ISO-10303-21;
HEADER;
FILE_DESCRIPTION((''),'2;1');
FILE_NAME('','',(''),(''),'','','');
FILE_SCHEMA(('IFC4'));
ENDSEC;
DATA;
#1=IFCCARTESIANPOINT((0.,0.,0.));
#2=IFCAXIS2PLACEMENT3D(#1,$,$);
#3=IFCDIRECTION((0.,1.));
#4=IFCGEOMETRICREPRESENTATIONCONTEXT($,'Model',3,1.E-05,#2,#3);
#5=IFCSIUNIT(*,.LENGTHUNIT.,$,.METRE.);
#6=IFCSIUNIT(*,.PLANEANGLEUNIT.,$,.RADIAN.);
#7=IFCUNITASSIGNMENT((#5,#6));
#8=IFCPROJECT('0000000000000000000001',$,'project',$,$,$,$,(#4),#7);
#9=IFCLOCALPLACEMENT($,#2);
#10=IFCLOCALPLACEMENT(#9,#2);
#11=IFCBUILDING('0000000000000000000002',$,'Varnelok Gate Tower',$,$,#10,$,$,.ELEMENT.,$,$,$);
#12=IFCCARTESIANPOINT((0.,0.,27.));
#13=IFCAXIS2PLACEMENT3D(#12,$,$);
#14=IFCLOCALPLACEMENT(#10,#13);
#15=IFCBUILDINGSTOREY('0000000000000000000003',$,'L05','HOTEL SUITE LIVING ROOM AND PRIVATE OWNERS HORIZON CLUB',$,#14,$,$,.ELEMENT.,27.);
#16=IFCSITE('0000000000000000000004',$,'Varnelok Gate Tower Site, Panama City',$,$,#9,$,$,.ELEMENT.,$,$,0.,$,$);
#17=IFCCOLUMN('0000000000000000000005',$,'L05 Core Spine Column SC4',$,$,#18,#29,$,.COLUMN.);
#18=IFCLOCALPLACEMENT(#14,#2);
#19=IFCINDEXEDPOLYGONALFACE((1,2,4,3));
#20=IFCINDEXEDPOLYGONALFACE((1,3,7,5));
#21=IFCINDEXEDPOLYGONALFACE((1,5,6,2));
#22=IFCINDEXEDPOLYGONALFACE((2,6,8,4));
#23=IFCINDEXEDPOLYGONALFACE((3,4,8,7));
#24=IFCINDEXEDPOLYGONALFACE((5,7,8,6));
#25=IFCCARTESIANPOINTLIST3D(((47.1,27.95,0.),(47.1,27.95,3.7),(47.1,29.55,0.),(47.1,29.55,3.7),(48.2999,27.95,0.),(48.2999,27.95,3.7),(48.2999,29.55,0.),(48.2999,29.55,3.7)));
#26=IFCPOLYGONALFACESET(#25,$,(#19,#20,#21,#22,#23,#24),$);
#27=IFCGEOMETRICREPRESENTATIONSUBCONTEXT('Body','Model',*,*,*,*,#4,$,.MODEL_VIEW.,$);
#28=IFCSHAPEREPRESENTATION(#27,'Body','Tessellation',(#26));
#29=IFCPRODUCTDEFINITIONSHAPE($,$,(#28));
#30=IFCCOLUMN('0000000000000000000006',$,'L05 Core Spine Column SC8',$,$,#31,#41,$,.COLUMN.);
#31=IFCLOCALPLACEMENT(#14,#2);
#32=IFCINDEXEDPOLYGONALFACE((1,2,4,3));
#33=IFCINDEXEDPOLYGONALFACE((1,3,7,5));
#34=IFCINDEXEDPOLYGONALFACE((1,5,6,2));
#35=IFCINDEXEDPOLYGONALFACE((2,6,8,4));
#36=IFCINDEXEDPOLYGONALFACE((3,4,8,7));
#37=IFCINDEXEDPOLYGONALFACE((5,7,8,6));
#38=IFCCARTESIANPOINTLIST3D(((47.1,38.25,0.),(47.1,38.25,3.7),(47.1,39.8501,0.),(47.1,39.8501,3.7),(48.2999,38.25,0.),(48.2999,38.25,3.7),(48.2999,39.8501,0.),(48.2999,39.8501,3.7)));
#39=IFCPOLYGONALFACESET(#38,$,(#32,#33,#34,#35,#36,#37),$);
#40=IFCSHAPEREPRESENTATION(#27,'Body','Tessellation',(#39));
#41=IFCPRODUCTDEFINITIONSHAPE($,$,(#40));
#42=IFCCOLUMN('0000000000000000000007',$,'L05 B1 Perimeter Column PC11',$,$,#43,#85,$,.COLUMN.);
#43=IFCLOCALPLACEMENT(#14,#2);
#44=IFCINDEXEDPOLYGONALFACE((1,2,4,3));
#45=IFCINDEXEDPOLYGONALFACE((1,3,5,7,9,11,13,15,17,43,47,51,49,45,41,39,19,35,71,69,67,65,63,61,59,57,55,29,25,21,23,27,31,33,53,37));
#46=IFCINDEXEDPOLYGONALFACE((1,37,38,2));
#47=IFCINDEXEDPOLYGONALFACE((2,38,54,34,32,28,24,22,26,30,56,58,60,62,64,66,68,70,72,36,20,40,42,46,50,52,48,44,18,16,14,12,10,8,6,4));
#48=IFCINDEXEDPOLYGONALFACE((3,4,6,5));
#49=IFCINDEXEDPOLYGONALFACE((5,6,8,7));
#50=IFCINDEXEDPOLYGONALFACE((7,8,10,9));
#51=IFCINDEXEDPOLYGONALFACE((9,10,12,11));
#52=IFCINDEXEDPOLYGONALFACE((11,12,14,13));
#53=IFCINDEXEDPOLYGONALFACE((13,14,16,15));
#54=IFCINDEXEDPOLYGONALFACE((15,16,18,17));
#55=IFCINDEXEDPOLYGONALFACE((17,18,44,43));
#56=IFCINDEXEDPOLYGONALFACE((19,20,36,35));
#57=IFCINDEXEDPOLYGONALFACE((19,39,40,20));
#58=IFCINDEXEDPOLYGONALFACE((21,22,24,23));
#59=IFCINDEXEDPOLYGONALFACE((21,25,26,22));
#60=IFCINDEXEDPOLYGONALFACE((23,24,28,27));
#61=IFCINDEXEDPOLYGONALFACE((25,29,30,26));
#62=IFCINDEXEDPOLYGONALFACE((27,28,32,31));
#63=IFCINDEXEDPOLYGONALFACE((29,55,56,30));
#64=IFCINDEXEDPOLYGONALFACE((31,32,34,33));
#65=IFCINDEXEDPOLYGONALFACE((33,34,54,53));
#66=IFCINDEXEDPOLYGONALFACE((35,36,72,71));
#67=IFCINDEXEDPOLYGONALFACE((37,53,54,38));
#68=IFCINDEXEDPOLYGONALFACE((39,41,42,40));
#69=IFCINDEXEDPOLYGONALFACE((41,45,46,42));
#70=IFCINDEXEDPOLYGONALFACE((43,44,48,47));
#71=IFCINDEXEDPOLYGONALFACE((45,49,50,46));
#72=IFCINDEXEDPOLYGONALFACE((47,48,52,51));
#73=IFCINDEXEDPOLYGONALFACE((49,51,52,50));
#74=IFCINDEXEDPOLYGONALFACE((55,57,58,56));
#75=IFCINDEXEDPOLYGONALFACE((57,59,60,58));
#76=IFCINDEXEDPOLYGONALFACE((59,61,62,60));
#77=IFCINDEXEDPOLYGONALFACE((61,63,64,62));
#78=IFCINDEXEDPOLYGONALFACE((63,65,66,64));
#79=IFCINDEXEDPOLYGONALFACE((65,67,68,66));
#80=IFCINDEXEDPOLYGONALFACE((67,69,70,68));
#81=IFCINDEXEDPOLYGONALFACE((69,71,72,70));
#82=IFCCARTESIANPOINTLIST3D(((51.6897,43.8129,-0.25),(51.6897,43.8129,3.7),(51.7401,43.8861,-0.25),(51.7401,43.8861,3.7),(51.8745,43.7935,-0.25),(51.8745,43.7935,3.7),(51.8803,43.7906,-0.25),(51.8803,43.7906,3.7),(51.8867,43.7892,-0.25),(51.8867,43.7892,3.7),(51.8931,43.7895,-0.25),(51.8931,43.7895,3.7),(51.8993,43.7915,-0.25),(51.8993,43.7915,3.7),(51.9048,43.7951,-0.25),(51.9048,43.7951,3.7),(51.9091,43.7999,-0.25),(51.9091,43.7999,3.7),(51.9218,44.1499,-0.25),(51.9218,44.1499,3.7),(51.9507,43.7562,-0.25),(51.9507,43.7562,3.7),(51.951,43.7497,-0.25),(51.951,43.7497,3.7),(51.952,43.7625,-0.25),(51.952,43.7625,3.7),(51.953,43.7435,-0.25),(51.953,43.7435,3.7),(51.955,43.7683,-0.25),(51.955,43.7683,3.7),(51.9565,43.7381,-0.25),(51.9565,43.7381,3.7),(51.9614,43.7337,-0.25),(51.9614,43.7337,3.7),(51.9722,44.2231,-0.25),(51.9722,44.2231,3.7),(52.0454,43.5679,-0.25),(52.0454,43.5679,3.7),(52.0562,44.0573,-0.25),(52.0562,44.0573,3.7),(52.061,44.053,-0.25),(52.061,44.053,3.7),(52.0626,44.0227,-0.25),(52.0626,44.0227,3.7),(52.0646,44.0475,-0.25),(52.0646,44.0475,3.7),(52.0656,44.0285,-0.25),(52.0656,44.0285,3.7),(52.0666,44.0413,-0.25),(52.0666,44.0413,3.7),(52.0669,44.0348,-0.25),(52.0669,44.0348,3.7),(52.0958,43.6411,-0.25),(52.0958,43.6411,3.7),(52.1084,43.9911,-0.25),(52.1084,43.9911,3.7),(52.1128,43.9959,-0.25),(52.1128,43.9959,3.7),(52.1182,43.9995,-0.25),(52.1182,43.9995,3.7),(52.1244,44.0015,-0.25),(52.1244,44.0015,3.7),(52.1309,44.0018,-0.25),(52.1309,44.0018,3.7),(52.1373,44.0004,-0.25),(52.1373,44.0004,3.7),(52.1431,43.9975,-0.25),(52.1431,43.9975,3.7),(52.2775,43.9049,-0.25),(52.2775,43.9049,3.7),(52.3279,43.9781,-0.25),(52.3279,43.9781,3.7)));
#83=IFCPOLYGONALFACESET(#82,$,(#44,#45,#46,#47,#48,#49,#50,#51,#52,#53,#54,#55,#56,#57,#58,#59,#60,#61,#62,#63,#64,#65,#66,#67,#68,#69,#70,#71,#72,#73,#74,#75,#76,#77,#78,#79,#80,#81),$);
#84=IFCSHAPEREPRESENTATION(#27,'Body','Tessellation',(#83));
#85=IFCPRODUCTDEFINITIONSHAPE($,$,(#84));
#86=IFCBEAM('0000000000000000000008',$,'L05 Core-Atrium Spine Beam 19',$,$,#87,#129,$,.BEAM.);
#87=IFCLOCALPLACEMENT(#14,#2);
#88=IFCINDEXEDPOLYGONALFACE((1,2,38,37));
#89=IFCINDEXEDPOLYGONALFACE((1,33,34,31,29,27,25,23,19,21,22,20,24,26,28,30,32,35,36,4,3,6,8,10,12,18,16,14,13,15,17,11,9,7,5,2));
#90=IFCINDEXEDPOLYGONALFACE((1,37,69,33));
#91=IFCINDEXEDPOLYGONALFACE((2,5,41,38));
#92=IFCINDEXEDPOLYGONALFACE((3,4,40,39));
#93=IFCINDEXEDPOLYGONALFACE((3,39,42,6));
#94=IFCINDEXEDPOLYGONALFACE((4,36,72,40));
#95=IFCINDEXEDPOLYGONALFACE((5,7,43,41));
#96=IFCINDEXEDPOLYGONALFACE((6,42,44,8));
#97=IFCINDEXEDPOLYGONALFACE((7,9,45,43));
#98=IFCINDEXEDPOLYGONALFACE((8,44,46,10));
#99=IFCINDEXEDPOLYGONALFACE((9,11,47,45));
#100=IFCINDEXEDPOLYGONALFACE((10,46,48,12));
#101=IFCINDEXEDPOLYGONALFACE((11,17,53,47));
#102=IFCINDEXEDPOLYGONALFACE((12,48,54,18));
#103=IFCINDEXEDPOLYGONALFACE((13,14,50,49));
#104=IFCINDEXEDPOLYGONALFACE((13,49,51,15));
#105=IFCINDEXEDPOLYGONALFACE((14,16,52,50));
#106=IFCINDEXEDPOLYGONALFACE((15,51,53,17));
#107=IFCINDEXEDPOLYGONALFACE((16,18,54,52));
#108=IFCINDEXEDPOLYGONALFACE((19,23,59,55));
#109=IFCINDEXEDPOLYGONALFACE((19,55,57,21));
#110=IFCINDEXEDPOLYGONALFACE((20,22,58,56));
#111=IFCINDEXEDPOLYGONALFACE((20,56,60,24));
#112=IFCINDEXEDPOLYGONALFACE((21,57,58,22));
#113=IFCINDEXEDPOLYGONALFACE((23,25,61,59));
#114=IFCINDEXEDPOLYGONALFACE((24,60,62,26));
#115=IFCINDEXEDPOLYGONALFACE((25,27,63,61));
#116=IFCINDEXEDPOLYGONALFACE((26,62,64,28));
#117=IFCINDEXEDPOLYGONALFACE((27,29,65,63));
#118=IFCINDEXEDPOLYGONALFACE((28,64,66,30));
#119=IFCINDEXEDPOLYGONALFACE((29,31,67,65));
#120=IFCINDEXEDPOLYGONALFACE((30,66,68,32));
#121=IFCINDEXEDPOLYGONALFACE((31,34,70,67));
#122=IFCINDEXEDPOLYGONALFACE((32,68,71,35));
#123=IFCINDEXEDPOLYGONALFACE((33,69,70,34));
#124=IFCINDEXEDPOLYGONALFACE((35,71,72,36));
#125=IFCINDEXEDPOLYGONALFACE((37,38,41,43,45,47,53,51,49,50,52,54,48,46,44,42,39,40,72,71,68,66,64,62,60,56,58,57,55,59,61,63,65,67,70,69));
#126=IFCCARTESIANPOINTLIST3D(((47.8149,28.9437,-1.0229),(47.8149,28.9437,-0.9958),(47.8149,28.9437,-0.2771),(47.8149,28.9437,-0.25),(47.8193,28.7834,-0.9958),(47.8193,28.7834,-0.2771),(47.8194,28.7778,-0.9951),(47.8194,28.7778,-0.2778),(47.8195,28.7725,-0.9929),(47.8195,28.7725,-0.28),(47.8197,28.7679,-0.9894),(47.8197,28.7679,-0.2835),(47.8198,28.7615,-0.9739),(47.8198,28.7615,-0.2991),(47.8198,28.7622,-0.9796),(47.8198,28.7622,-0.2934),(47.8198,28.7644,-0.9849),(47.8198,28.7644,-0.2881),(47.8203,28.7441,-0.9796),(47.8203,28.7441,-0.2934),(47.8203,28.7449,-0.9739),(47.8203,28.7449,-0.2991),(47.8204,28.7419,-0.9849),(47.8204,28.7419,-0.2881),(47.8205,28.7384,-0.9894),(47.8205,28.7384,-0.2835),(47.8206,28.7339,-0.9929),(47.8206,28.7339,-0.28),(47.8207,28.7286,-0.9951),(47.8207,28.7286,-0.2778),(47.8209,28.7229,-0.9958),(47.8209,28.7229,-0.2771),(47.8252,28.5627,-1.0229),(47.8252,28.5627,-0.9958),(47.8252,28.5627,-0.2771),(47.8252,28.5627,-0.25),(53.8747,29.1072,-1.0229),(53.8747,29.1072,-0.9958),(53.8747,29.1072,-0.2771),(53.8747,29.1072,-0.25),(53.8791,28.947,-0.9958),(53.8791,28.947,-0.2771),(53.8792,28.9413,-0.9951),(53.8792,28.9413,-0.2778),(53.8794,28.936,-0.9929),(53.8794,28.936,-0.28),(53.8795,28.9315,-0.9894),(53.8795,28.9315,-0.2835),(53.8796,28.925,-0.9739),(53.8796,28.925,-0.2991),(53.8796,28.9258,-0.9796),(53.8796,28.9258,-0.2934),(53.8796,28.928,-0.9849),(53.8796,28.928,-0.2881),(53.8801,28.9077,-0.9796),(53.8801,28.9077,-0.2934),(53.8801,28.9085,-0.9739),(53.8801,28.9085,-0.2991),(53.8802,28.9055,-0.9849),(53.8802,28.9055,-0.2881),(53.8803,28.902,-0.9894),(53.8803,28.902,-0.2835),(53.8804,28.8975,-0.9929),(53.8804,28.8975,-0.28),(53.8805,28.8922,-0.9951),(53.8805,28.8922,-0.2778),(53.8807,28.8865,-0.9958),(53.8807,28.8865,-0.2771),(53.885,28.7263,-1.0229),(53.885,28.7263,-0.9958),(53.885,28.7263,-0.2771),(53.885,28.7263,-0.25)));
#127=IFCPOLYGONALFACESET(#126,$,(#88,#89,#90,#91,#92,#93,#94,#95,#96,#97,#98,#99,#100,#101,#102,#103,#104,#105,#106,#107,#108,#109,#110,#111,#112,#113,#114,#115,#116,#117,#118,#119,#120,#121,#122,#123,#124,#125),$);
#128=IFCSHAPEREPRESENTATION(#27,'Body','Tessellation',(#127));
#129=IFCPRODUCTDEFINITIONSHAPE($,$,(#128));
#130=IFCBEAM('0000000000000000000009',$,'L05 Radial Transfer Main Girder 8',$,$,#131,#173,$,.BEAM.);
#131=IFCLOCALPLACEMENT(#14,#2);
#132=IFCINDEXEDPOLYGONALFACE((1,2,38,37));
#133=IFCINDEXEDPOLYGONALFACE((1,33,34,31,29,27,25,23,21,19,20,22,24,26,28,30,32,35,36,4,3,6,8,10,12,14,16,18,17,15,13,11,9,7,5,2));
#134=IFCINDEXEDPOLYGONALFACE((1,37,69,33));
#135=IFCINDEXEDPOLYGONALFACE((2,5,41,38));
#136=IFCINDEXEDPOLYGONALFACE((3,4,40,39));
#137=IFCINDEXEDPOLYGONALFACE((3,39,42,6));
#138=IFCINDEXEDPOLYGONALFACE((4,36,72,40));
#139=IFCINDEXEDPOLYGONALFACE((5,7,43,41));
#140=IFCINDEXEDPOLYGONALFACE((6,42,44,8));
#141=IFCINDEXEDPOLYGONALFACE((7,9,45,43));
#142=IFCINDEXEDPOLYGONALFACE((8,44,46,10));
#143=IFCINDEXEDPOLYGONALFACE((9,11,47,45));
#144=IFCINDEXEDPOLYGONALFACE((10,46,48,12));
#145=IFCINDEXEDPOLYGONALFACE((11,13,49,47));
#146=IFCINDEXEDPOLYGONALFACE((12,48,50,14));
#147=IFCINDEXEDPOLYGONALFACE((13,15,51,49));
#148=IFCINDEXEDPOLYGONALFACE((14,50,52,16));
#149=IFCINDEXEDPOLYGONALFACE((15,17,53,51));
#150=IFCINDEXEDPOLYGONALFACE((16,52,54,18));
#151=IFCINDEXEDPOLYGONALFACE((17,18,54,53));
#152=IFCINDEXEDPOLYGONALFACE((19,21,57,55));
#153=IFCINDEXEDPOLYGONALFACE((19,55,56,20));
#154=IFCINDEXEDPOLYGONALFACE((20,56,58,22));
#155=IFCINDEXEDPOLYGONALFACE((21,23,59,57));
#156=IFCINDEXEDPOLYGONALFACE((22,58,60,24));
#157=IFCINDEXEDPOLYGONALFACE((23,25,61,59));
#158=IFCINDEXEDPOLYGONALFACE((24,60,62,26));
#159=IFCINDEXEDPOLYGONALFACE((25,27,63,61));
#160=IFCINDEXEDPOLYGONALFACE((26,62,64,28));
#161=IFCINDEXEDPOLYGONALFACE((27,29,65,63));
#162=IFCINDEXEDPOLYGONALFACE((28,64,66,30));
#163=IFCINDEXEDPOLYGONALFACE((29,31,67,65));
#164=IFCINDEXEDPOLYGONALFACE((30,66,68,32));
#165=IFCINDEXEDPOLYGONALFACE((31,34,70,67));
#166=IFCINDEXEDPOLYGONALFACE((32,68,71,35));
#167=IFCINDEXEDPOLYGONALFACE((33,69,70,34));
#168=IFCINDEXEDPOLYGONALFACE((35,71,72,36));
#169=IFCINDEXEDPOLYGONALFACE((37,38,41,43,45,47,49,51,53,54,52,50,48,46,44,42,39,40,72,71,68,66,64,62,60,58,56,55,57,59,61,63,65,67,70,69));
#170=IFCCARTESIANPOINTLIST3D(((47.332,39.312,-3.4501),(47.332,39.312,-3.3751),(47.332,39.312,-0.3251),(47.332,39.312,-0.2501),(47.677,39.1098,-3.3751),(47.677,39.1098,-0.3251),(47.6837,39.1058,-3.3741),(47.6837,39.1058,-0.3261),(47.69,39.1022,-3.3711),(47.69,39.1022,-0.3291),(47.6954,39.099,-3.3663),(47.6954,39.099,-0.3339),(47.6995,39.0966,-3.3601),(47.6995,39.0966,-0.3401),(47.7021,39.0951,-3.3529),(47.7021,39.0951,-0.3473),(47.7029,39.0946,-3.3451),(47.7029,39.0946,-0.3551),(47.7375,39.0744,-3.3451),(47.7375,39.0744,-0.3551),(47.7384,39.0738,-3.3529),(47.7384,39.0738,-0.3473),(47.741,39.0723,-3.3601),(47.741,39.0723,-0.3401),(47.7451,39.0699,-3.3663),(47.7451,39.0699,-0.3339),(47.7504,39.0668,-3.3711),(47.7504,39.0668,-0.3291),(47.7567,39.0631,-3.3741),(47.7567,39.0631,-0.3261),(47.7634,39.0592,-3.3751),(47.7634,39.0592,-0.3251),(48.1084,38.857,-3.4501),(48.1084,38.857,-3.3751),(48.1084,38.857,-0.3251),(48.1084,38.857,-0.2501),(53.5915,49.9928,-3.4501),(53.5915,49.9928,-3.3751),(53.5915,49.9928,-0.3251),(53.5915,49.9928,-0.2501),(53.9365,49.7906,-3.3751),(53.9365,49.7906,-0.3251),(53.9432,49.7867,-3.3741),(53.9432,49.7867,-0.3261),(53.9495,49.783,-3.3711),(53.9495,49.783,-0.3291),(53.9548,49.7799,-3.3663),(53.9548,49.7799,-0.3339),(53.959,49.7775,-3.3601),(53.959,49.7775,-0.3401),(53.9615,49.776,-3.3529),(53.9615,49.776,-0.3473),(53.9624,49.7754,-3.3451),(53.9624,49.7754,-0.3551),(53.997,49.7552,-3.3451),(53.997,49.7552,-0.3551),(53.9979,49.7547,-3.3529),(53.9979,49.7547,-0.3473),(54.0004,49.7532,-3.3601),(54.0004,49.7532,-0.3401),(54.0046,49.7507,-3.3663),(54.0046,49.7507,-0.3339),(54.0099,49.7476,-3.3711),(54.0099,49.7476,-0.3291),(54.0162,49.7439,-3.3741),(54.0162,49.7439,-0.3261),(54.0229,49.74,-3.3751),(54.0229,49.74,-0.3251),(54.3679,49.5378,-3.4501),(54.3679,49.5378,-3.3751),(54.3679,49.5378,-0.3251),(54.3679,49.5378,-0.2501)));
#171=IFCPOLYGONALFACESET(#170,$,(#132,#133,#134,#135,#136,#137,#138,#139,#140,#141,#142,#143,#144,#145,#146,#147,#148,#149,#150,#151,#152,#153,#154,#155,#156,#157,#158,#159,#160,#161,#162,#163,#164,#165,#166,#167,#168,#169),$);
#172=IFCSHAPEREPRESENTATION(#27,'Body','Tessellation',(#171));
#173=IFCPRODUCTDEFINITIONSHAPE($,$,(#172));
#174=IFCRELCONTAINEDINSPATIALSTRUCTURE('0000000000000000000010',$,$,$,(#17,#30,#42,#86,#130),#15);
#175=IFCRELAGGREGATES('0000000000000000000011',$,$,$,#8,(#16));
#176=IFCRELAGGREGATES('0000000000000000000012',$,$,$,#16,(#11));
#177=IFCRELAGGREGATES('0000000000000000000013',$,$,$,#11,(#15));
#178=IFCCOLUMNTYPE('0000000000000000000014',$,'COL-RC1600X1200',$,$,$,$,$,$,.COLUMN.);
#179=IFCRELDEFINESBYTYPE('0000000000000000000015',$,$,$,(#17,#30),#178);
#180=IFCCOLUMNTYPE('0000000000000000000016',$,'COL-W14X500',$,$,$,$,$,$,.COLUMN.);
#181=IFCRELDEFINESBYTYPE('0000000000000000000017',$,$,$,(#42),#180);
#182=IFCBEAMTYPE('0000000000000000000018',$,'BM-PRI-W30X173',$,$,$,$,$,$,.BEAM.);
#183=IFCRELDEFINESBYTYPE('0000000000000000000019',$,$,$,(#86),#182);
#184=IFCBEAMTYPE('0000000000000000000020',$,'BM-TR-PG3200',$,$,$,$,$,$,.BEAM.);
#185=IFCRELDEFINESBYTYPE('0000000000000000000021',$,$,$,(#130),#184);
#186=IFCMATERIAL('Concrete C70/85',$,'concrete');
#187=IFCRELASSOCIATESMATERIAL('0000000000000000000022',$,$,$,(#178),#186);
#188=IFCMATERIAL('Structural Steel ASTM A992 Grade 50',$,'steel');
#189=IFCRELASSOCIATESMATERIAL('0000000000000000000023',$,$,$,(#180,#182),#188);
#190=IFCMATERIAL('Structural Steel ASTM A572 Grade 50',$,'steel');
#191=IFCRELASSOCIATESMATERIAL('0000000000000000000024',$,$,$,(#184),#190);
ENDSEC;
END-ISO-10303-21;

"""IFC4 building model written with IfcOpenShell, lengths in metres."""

from ifc_helpers import new_model, si_unit, direction, frame, origin, origin_2d, place, context, subcontext, project, spatial, rectangle, i_section, extrude, material, material_profile, profile_set, type_object, element, save


model = new_model("IFC4")

# Units and contexts
model_context = context("Model", 3, precision=1e-05, world=origin(), true_north=direction((0.0, 1.0)))
body_context = subcontext(model_context, "Body", "Model", "MODEL_VIEW")
ifc_project = project(units=[si_unit("LENGTHUNIT", "METRE"), si_unit("PLANEANGLEUNIT", "RADIAN")], contexts=[model_context])

# Site, building, storey
site_placement = place(None, origin())
site = spatial("IfcSite", under=ifc_project, at=site_placement, Name="Varnelok Gate Tower Site, Panama City", CompositionType="ELEMENT", RefElevation=0.0)
building_placement = place(site_placement, origin())
building = spatial("IfcBuilding", under=site, at=building_placement, Name="Varnelok Gate Tower", CompositionType="ELEMENT")
storey_placement = place(building_placement, frame((0.0, 0.0, 27.0)))
storey = spatial("IfcBuildingStorey", under=building, at=storey_placement, Name="L05", Description="HOTEL SUITE LIVING ROOM AND PRIVATE OWNERS HORIZON CLUB", CompositionType="ELEMENT", Elevation=27.0)

# Columns
ifc_material_1 = material(Name="Concrete C70/85", Category="concrete")
ifc_material_profile_1 = material_profile(ifc_material_1, rectangle(XDim=1.2, YDim=1.6001, at=origin_2d()), Name="RC1600X1200")
ifc_profile_set_1 = profile_set([ifc_material_profile_1], Name="Concrete C70/85")
column_type_1 = type_object("IfcColumnType", Name="COL-RC1600X1200", PredefinedType="COLUMN", material=ifc_profile_set_1)
for number, where, z_axis, x_axis, name in (
    (1, (47.7, 28.75, 0.0), (0.0, 0.0, 1.0), (1.0, 0.0, 0.0), "L05 Core Spine Column SC4"),
    (2, (47.7, 39.05, 0.0), (0.0, 0.0, 1.0), (1.0, 0.0, 0.0), "L05 Core Spine Column SC8"),
):
    element("IfcColumn", number, at=place(storey_placement, frame(where, z_axis=z_axis, x_axis=x_axis)), inside=storey, type_object=column_type_1, Name=name, PredefinedType="COLUMN", context=body_context, shape_type="SweptSolid", body=[
        extrude(rectangle(XDim=1.2, YDim=1.6001, at=origin_2d()), origin(), (0.0, 0.0, 1.0), 3.7),
    ])
ifc_material_2 = material(Name="Structural Steel ASTM A992 Grade 50", Category="steel")
ifc_material_profile_2 = material_profile(ifc_material_2, i_section(OverallWidth=0.4319, OverallDepth=0.498, WebThickness=0.0557, FlangeThickness=0.0889, FilletRadius=0.0249, at=origin_2d()), Name="W14X500")
ifc_profile_set_2 = profile_set([ifc_material_profile_2], Name="Structural Steel ASTM A992 Grade 50")
column_type_2 = type_object("IfcColumnType", Name="COL-W14X500", PredefinedType="COLUMN", material=ifc_profile_set_2)
column_placement = place(storey_placement, frame((52.0088, 43.8955, -0.25), z_axis=(0.0, 0.0, 1.0), x_axis=(0.823533, -0.567269, 0.0)))
element("IfcColumn", 3, at=column_placement, inside=storey, type_object=column_type_2, Name="L05 B1 Perimeter Column PC11", PredefinedType="COLUMN", context=body_context, shape_type="SweptSolid", body=[
    extrude(i_section(OverallWidth=0.4319, OverallDepth=0.498, WebThickness=0.0557, FlangeThickness=0.0889, FilletRadius=0.0249, at=origin_2d()), origin(), (0.0, 0.0, 1.0), 3.95),
])

# Beams
ifc_material_profile_3 = material_profile(ifc_material_2, i_section(OverallWidth=0.3811, OverallDepth=0.7729, WebThickness=0.0166, FlangeThickness=0.0271, FilletRadius=0.022, at=origin_2d()), Name="W30X173")
ifc_profile_set_3 = profile_set([ifc_material_profile_3], Name="Structural Steel ASTM A992 Grade 50")
beam_type_1 = type_object("IfcBeamType", Name="BM-PRI-W30X173", PredefinedType="BEAM", material=ifc_profile_set_3)
beam_1_placement = place(storey_placement, frame((47.8201, 28.7532, -0.6365), z_axis=(0.999636, 0.026983, 0.0), x_axis=(-0.026983, 0.999636, 0.0)))
element("IfcBeam", 4, at=beam_1_placement, inside=storey, type_object=beam_type_1, Name="L05 Core-Atrium Spine Beam 19", PredefinedType="BEAM", context=body_context, shape_type="SweptSolid", body=[
    extrude(i_section(OverallWidth=0.3811, OverallDepth=0.7729, WebThickness=0.0166, FlangeThickness=0.0271, FilletRadius=0.022, at=origin_2d()), origin(), (0.0, 0.0, 1.0), 6.062),
])
ifc_material_3 = material(Name="Structural Steel ASTM A572 Grade 50", Category="steel")
ifc_material_profile_4 = material_profile(ifc_material_3, i_section(OverallWidth=0.8999, OverallDepth=3.2, WebThickness=0.04, FlangeThickness=0.075, FilletRadius=0.03, at=origin_2d()), Name="PG3200X900")
ifc_profile_set_4 = profile_set([ifc_material_profile_4], Name="Structural Steel ASTM A572 Grade 50")
beam_type_2 = type_object("IfcBeamType", Name="BM-TR-PG3200", PredefinedType="BEAM", material=ifc_profile_set_4)
beam_2_placement = place(storey_placement, frame((47.7202, 39.0845, -1.8501), z_axis=(0.505617, 0.862758, 0.0), x_axis=(-0.862758, 0.505617, 0.0)))
element("IfcBeam", 5, at=beam_2_placement, inside=storey, type_object=beam_type_2, Name="L05 Radial Transfer Main Girder 8", PredefinedType="BEAM", context=body_context, shape_type="SweptSolid", body=[
    extrude(i_section(OverallWidth=0.8999, OverallDepth=3.2, WebThickness=0.04, FlangeThickness=0.075, FilletRadius=0.03, at=origin_2d()), origin(), (0.0, 0.0, 1.0), 12.3799),
])

save(model, "model.ifc")
